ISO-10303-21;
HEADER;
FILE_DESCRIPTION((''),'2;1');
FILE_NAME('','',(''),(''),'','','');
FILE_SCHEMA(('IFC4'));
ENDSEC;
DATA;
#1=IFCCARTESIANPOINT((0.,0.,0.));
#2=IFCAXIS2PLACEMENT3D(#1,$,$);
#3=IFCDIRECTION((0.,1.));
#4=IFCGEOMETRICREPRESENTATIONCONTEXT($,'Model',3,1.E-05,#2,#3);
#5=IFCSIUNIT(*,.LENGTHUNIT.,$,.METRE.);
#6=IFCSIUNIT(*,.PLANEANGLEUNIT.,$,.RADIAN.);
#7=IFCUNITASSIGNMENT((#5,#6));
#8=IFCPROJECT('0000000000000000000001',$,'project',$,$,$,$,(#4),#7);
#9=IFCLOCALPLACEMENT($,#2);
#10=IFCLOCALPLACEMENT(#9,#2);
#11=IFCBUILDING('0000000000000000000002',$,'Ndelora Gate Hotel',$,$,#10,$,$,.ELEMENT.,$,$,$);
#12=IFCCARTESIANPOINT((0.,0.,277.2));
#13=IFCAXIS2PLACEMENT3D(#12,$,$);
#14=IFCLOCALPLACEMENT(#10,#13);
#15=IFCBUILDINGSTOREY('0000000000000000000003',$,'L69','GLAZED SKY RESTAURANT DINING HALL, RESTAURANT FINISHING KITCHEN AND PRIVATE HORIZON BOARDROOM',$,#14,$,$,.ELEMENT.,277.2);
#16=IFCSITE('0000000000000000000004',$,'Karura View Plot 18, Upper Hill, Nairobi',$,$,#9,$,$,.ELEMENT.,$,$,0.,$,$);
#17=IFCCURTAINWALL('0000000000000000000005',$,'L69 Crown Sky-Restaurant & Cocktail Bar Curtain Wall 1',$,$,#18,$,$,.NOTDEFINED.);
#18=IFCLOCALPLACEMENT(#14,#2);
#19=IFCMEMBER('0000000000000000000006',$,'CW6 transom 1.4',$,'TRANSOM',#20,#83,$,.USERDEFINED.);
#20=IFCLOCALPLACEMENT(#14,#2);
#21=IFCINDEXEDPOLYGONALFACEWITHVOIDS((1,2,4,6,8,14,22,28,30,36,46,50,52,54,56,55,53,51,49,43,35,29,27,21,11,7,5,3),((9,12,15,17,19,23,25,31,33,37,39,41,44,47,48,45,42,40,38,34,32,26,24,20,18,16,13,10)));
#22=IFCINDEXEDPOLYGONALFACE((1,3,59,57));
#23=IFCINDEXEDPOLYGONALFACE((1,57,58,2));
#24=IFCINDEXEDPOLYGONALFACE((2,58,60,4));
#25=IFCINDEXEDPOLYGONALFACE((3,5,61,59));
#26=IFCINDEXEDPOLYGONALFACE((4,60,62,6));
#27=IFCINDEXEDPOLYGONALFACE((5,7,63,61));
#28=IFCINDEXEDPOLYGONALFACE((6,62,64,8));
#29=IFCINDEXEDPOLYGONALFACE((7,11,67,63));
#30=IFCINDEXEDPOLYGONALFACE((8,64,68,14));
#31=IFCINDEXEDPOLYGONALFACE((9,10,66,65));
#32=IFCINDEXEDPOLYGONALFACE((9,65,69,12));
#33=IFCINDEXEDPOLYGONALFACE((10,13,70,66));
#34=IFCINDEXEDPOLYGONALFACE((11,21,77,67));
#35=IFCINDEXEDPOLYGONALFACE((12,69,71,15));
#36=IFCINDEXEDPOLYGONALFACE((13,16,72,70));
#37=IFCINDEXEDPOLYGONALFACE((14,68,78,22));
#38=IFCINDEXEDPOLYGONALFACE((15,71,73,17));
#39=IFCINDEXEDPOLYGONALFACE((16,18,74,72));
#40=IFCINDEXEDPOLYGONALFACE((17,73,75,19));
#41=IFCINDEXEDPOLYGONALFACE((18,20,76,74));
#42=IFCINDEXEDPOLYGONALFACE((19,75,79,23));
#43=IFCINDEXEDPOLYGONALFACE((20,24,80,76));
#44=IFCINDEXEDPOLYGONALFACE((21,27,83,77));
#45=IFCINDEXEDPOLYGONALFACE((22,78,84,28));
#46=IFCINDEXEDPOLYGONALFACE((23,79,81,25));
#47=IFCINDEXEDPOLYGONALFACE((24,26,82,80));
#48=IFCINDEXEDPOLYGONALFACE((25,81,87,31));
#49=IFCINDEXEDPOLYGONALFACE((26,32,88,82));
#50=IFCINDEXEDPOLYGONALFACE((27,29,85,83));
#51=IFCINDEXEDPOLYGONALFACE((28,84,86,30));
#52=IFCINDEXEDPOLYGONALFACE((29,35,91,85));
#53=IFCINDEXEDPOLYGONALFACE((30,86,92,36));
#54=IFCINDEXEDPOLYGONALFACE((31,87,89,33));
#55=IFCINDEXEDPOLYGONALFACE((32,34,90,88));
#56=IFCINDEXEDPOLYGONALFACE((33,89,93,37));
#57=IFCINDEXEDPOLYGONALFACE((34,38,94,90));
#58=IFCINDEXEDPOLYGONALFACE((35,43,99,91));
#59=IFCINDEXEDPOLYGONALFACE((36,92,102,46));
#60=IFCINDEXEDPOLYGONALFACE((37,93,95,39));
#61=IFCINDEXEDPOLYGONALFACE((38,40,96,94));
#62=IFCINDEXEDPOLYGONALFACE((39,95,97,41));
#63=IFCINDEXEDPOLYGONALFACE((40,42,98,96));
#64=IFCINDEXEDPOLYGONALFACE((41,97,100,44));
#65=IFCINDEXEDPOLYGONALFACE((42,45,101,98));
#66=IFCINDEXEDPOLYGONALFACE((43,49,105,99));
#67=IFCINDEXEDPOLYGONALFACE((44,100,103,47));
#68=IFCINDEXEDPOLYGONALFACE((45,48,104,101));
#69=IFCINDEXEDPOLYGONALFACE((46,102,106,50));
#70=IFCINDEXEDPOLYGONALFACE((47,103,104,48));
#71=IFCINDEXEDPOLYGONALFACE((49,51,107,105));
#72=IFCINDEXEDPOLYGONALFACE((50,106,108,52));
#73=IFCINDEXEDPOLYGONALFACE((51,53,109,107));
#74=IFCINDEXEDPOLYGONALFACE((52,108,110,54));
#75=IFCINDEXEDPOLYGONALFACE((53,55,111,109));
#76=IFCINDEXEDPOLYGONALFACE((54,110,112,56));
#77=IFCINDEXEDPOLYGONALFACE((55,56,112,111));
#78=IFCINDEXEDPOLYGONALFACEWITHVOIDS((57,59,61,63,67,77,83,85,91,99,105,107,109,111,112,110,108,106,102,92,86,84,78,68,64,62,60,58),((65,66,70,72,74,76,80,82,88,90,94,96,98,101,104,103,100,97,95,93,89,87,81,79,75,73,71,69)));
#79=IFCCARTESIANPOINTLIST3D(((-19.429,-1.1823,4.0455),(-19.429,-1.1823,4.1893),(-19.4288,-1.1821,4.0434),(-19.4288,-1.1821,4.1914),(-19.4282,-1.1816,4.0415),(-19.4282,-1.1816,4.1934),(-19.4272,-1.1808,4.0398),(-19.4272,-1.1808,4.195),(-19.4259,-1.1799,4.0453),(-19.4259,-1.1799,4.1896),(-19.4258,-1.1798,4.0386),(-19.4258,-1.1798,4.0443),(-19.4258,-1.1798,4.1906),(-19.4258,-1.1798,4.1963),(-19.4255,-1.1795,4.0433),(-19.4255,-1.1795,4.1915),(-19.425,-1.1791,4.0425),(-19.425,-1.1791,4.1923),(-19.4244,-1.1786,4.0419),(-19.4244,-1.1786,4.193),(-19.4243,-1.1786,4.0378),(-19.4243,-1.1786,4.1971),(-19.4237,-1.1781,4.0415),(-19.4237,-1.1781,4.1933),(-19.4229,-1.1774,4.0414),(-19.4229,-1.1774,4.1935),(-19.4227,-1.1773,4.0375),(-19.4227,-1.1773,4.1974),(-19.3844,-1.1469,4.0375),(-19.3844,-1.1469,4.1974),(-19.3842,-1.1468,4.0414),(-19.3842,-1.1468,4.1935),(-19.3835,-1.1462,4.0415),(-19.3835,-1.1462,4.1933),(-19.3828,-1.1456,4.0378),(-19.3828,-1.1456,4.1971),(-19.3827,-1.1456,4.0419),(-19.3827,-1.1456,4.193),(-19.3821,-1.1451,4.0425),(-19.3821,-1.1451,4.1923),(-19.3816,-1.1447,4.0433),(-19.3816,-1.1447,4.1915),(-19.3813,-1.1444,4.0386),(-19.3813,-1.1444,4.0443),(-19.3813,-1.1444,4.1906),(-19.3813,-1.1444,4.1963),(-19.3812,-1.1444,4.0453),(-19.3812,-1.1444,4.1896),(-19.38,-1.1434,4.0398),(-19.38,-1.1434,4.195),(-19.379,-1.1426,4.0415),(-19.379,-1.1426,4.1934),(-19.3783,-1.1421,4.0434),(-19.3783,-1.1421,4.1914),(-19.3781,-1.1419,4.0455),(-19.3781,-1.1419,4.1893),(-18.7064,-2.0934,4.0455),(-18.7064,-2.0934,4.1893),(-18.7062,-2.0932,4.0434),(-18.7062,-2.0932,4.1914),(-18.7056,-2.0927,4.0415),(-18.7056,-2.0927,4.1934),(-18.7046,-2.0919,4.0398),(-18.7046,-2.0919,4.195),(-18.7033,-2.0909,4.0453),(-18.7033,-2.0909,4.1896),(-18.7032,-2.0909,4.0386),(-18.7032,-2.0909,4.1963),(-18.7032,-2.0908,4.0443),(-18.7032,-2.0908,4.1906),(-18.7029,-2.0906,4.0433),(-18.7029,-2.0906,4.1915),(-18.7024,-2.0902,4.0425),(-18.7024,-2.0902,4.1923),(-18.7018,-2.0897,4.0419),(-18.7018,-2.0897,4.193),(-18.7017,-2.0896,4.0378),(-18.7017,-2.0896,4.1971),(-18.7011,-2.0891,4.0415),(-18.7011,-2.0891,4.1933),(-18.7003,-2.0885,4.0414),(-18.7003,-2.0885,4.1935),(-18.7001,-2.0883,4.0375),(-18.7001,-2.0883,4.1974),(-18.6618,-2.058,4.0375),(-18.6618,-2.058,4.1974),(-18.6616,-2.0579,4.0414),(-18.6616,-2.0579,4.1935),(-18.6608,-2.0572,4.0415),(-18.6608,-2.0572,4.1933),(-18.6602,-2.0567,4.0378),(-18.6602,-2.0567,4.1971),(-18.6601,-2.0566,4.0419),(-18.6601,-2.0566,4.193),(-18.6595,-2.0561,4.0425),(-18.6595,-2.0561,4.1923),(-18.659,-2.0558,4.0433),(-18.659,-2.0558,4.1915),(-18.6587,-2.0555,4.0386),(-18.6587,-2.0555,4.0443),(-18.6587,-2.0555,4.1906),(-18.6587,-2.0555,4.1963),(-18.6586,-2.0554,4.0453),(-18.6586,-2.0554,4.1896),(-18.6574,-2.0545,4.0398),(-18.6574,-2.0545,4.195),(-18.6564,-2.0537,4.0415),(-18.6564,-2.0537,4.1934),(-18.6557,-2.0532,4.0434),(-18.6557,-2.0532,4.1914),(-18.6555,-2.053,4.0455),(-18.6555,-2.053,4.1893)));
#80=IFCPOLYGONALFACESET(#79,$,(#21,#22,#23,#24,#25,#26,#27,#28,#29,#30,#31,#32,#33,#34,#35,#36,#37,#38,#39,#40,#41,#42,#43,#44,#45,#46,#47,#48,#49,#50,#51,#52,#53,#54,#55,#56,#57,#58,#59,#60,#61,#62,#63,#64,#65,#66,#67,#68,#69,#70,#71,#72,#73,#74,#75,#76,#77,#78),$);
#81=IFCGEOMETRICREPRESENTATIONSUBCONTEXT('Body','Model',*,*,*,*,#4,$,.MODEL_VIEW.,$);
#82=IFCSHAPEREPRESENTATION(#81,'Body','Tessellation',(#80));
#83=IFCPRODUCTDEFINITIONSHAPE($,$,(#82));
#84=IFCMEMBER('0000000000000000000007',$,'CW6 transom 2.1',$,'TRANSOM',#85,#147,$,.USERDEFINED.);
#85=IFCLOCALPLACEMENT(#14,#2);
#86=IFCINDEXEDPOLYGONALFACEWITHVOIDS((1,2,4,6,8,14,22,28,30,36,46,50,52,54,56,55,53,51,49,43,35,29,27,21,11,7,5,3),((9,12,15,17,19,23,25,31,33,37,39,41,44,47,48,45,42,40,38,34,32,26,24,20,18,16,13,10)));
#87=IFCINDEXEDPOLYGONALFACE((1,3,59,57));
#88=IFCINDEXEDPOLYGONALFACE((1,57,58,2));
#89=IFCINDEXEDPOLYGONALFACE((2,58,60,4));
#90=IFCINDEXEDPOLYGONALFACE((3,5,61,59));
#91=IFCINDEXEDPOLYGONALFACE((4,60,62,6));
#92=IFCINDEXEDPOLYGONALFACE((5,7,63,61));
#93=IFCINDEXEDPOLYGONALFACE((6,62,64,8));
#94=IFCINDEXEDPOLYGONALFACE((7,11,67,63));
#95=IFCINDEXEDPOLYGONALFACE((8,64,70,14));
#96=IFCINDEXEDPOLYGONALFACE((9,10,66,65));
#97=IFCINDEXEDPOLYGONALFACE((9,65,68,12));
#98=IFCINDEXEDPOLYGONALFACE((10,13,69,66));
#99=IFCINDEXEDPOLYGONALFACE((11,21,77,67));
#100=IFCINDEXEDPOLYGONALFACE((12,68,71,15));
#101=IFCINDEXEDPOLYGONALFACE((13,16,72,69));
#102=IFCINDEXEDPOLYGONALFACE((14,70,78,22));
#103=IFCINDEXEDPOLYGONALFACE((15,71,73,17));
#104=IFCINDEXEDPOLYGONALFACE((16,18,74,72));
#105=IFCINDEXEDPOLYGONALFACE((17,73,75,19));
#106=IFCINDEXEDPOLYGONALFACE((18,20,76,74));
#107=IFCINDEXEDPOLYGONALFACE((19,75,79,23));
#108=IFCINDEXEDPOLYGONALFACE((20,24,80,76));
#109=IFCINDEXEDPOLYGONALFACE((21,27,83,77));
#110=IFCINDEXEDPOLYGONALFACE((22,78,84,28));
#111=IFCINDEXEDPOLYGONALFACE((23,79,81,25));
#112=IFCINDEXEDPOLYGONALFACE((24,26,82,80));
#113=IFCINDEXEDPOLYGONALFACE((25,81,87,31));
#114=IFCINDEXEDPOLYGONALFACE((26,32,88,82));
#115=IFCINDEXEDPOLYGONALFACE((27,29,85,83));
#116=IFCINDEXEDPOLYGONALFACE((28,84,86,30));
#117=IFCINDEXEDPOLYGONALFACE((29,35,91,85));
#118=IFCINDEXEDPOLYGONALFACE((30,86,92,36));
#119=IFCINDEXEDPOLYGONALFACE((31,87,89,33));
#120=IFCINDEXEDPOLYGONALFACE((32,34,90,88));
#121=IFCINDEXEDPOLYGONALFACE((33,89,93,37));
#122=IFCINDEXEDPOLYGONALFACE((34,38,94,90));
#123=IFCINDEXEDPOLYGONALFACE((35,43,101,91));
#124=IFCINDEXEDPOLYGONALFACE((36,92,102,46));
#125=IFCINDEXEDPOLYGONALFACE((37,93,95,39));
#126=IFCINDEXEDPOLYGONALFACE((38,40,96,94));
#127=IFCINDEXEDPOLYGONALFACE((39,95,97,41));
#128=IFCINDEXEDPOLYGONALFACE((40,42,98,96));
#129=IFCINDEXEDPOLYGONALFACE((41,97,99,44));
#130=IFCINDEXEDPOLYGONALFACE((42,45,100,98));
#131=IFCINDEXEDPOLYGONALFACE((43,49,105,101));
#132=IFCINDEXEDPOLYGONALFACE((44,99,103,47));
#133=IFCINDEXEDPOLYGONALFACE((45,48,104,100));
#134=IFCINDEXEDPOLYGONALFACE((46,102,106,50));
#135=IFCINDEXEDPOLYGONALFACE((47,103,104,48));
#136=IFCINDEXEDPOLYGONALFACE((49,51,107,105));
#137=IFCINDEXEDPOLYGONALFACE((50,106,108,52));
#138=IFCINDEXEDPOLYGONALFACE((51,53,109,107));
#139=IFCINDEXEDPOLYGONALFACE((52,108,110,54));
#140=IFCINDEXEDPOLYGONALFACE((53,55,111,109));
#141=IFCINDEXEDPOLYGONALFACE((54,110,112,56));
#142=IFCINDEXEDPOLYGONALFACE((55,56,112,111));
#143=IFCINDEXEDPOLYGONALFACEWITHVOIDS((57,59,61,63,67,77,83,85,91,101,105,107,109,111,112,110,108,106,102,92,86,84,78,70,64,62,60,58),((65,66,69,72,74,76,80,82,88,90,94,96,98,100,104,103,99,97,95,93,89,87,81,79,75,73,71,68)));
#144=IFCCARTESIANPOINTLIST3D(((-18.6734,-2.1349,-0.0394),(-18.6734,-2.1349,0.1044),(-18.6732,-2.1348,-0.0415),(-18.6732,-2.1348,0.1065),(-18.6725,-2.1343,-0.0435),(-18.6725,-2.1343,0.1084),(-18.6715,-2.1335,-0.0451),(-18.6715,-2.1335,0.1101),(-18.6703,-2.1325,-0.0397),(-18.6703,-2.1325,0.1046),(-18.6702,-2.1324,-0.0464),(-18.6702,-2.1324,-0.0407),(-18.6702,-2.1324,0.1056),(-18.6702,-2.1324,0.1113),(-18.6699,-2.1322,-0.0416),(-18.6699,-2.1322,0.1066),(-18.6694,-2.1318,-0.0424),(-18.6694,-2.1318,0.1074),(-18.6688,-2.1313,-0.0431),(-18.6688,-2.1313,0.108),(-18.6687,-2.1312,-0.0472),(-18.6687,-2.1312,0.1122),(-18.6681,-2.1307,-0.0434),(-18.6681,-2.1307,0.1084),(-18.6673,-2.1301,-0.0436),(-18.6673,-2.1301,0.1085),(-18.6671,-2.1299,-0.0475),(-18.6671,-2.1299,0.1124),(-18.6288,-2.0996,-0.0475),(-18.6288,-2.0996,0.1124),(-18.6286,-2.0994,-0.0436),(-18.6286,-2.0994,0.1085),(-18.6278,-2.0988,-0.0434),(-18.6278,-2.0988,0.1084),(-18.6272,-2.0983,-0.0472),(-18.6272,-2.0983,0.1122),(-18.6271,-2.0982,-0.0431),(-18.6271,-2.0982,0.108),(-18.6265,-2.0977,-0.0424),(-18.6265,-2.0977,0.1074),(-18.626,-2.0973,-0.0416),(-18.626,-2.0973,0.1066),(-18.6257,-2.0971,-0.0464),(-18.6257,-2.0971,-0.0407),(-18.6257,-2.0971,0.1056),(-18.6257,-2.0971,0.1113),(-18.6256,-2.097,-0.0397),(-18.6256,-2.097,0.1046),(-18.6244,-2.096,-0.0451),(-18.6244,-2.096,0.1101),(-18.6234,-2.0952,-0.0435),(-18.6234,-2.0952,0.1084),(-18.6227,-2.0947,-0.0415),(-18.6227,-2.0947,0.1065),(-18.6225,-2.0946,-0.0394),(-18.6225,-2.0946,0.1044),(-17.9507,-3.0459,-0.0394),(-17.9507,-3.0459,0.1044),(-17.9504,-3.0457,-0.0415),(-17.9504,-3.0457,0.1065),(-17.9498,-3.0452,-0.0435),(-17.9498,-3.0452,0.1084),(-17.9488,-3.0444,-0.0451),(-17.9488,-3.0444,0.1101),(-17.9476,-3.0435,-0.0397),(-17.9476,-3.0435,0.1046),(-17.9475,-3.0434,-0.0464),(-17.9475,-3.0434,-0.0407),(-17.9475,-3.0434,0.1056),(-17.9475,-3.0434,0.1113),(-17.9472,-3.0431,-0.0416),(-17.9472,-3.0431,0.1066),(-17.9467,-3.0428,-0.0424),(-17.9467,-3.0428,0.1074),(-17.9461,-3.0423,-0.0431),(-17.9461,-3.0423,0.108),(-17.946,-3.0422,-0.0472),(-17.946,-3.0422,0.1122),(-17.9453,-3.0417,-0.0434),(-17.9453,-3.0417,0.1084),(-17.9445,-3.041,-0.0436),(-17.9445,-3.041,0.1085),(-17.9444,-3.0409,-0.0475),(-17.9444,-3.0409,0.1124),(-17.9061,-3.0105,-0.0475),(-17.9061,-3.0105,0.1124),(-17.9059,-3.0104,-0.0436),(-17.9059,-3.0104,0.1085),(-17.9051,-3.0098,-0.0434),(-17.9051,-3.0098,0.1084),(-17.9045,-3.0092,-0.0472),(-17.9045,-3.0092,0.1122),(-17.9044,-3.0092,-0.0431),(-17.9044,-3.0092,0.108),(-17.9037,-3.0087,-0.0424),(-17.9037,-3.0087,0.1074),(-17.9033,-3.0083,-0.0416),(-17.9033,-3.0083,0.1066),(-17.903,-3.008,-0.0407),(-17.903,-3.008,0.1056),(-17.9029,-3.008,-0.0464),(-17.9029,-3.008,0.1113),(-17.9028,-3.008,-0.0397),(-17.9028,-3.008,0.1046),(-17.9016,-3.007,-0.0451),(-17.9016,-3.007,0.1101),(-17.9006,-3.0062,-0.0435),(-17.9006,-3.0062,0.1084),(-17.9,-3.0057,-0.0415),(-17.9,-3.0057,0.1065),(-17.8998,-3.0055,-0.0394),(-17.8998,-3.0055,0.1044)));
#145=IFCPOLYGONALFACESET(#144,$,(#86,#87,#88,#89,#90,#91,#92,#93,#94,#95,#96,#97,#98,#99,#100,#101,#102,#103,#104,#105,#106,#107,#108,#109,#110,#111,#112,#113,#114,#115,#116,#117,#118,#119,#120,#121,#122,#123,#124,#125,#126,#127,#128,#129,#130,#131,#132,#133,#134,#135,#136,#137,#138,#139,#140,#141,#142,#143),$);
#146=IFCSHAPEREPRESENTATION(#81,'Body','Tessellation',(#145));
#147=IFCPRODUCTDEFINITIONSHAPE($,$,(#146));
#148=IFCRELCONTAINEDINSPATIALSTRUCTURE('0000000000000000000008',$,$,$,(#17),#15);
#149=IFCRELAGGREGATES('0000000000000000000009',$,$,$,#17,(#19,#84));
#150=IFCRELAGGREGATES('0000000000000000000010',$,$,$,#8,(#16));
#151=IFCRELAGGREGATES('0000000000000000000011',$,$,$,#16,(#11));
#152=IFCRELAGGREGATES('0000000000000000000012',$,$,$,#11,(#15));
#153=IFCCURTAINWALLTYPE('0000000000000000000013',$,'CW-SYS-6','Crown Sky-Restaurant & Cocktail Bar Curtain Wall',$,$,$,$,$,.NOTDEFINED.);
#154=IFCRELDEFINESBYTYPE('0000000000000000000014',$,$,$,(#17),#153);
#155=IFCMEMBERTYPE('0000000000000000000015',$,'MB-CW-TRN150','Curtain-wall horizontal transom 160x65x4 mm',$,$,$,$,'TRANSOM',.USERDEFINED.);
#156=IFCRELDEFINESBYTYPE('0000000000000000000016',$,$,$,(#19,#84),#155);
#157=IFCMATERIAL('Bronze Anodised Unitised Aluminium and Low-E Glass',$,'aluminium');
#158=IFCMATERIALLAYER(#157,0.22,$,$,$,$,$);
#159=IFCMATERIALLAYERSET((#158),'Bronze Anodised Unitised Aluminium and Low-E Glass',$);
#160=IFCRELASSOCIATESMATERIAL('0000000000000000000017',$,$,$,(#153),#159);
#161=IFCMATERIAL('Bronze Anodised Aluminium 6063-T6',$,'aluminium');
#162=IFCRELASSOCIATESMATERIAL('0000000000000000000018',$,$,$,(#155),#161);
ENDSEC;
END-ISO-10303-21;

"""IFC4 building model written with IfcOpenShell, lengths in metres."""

from ifc_helpers import new_model, si_unit, direction, frame, origin, origin_2d, place, context, subcontext, project, spatial, hollow_rectangle, extrude, material, layer, layer_set, material_profile, profile_set, type_object, element, aggregate, save


model = new_model("IFC4")

# Units and contexts
model_context = context("Model", 3, precision=1e-05, world=origin(), true_north=direction((0.0, 1.0)))
body_context = subcontext(model_context, "Body", "Model", "MODEL_VIEW")
ifc_project = project(units=[si_unit("LENGTHUNIT", "METRE"), si_unit("PLANEANGLEUNIT", "RADIAN")], contexts=[model_context])

# Site, building, storey
site_placement = place(None, origin())
site = spatial("IfcSite", under=ifc_project, at=site_placement, Name="Karura View Plot 18, Upper Hill, Nairobi", CompositionType="ELEMENT", RefElevation=0.0)
building_placement = place(site_placement, origin())
building = spatial("IfcBuilding", under=site, at=building_placement, Name="Ndelora Gate Hotel", CompositionType="ELEMENT")
storey_placement = place(building_placement, frame((0.0, 0.0, 277.2)))
storey = spatial("IfcBuildingStorey", under=building, at=storey_placement, Name="L69", Description="GLAZED SKY RESTAURANT DINING HALL, RESTAURANT FINISHING KITCHEN AND PRIVATE HORIZON BOARDROOM", CompositionType="ELEMENT", Elevation=277.2)

# Curtain wall, members
ifc_material_1 = material(Name="Bronze Anodised Unitised Aluminium and Low-E Glass", Category="aluminium")
ifc_layer_1 = layer(ifc_material_1, 0.22)
ifc_layer_set_1 = layer_set([ifc_layer_1], Name="Bronze Anodised Unitised Aluminium and Low-E Glass")
curtain_wall_type = type_object("IfcCurtainWallType", Name="CW-SYS-6", Description="Crown Sky-Restaurant & Cocktail Bar Curtain Wall", PredefinedType="NOTDEFINED", material=ifc_layer_set_1)
curtain_wall_placement = place(storey_placement, origin())
curtain_wall = element("IfcCurtainWall", 1, at=curtain_wall_placement, inside=storey, type_object=curtain_wall_type, Name="L69 Crown Sky-Restaurant & Cocktail Bar Curtain Wall 1", PredefinedType="NOTDEFINED")
ifc_material_2 = material(Name="Bronze Anodised Aluminium 6063-T6", Category="aluminium")
ifc_material_profile_1 = material_profile(ifc_material_2, hollow_rectangle(XDim=0.0649, YDim=0.1599, WallThickness=0.0039, InnerFilletRadius=0.0039, OuterFilletRadius=0.0081, at=origin_2d()), Name="ALU 160x65x4")
ifc_profile_set_1 = profile_set([ifc_material_profile_1], Name="Bronze Anodised Aluminium 6063-T6")
member_type_1 = type_object("IfcMemberType", Name="MB-CW-TRN150", Description="Curtain-wall horizontal transom 160x65x4 mm", ElementType="TRANSOM", PredefinedType="USERDEFINED", material=ifc_profile_set_1)
member_1_placement = place(storey_placement, frame((-19.4036, -1.1621, 4.1174), z_axis=(0.621412, -0.783484, 0.0), x_axis=(0.783484, 0.621412, 0.0)))
member_1 = element("IfcMember", 2, at=member_1_placement, type_object=member_type_1, Name="CW6 transom 1.4", ObjectType="TRANSOM", PredefinedType="USERDEFINED", context=body_context, shape_type="SweptSolid", body=[
    extrude(hollow_rectangle(XDim=0.0649, YDim=0.1599, WallThickness=0.0039, InnerFilletRadius=0.0039, OuterFilletRadius=0.0081, at=origin_2d()), origin(), (0.0, 0.0, 1.0), 1.1628),
])
member_2_placement = place(storey_placement, frame((-18.6479, -2.1147, 0.0325), z_axis=(0.621515, -0.783402, 0.0), x_axis=(0.783402, 0.621515, 0.0)))
member_2 = element("IfcMember", 3, at=member_2_placement, type_object=member_type_1, Name="CW6 transom 2.1", ObjectType="TRANSOM", PredefinedType="USERDEFINED", context=body_context, shape_type="SweptSolid", body=[
    extrude(hollow_rectangle(XDim=0.0649, YDim=0.1599, WallThickness=0.0039, InnerFilletRadius=0.0039, OuterFilletRadius=0.0081, at=origin_2d()), origin(), (0.0, 0.0, 1.0), 1.1628),
])
aggregate(curtain_wall, [member_1, member_2])

save(model, "model.ifc")
